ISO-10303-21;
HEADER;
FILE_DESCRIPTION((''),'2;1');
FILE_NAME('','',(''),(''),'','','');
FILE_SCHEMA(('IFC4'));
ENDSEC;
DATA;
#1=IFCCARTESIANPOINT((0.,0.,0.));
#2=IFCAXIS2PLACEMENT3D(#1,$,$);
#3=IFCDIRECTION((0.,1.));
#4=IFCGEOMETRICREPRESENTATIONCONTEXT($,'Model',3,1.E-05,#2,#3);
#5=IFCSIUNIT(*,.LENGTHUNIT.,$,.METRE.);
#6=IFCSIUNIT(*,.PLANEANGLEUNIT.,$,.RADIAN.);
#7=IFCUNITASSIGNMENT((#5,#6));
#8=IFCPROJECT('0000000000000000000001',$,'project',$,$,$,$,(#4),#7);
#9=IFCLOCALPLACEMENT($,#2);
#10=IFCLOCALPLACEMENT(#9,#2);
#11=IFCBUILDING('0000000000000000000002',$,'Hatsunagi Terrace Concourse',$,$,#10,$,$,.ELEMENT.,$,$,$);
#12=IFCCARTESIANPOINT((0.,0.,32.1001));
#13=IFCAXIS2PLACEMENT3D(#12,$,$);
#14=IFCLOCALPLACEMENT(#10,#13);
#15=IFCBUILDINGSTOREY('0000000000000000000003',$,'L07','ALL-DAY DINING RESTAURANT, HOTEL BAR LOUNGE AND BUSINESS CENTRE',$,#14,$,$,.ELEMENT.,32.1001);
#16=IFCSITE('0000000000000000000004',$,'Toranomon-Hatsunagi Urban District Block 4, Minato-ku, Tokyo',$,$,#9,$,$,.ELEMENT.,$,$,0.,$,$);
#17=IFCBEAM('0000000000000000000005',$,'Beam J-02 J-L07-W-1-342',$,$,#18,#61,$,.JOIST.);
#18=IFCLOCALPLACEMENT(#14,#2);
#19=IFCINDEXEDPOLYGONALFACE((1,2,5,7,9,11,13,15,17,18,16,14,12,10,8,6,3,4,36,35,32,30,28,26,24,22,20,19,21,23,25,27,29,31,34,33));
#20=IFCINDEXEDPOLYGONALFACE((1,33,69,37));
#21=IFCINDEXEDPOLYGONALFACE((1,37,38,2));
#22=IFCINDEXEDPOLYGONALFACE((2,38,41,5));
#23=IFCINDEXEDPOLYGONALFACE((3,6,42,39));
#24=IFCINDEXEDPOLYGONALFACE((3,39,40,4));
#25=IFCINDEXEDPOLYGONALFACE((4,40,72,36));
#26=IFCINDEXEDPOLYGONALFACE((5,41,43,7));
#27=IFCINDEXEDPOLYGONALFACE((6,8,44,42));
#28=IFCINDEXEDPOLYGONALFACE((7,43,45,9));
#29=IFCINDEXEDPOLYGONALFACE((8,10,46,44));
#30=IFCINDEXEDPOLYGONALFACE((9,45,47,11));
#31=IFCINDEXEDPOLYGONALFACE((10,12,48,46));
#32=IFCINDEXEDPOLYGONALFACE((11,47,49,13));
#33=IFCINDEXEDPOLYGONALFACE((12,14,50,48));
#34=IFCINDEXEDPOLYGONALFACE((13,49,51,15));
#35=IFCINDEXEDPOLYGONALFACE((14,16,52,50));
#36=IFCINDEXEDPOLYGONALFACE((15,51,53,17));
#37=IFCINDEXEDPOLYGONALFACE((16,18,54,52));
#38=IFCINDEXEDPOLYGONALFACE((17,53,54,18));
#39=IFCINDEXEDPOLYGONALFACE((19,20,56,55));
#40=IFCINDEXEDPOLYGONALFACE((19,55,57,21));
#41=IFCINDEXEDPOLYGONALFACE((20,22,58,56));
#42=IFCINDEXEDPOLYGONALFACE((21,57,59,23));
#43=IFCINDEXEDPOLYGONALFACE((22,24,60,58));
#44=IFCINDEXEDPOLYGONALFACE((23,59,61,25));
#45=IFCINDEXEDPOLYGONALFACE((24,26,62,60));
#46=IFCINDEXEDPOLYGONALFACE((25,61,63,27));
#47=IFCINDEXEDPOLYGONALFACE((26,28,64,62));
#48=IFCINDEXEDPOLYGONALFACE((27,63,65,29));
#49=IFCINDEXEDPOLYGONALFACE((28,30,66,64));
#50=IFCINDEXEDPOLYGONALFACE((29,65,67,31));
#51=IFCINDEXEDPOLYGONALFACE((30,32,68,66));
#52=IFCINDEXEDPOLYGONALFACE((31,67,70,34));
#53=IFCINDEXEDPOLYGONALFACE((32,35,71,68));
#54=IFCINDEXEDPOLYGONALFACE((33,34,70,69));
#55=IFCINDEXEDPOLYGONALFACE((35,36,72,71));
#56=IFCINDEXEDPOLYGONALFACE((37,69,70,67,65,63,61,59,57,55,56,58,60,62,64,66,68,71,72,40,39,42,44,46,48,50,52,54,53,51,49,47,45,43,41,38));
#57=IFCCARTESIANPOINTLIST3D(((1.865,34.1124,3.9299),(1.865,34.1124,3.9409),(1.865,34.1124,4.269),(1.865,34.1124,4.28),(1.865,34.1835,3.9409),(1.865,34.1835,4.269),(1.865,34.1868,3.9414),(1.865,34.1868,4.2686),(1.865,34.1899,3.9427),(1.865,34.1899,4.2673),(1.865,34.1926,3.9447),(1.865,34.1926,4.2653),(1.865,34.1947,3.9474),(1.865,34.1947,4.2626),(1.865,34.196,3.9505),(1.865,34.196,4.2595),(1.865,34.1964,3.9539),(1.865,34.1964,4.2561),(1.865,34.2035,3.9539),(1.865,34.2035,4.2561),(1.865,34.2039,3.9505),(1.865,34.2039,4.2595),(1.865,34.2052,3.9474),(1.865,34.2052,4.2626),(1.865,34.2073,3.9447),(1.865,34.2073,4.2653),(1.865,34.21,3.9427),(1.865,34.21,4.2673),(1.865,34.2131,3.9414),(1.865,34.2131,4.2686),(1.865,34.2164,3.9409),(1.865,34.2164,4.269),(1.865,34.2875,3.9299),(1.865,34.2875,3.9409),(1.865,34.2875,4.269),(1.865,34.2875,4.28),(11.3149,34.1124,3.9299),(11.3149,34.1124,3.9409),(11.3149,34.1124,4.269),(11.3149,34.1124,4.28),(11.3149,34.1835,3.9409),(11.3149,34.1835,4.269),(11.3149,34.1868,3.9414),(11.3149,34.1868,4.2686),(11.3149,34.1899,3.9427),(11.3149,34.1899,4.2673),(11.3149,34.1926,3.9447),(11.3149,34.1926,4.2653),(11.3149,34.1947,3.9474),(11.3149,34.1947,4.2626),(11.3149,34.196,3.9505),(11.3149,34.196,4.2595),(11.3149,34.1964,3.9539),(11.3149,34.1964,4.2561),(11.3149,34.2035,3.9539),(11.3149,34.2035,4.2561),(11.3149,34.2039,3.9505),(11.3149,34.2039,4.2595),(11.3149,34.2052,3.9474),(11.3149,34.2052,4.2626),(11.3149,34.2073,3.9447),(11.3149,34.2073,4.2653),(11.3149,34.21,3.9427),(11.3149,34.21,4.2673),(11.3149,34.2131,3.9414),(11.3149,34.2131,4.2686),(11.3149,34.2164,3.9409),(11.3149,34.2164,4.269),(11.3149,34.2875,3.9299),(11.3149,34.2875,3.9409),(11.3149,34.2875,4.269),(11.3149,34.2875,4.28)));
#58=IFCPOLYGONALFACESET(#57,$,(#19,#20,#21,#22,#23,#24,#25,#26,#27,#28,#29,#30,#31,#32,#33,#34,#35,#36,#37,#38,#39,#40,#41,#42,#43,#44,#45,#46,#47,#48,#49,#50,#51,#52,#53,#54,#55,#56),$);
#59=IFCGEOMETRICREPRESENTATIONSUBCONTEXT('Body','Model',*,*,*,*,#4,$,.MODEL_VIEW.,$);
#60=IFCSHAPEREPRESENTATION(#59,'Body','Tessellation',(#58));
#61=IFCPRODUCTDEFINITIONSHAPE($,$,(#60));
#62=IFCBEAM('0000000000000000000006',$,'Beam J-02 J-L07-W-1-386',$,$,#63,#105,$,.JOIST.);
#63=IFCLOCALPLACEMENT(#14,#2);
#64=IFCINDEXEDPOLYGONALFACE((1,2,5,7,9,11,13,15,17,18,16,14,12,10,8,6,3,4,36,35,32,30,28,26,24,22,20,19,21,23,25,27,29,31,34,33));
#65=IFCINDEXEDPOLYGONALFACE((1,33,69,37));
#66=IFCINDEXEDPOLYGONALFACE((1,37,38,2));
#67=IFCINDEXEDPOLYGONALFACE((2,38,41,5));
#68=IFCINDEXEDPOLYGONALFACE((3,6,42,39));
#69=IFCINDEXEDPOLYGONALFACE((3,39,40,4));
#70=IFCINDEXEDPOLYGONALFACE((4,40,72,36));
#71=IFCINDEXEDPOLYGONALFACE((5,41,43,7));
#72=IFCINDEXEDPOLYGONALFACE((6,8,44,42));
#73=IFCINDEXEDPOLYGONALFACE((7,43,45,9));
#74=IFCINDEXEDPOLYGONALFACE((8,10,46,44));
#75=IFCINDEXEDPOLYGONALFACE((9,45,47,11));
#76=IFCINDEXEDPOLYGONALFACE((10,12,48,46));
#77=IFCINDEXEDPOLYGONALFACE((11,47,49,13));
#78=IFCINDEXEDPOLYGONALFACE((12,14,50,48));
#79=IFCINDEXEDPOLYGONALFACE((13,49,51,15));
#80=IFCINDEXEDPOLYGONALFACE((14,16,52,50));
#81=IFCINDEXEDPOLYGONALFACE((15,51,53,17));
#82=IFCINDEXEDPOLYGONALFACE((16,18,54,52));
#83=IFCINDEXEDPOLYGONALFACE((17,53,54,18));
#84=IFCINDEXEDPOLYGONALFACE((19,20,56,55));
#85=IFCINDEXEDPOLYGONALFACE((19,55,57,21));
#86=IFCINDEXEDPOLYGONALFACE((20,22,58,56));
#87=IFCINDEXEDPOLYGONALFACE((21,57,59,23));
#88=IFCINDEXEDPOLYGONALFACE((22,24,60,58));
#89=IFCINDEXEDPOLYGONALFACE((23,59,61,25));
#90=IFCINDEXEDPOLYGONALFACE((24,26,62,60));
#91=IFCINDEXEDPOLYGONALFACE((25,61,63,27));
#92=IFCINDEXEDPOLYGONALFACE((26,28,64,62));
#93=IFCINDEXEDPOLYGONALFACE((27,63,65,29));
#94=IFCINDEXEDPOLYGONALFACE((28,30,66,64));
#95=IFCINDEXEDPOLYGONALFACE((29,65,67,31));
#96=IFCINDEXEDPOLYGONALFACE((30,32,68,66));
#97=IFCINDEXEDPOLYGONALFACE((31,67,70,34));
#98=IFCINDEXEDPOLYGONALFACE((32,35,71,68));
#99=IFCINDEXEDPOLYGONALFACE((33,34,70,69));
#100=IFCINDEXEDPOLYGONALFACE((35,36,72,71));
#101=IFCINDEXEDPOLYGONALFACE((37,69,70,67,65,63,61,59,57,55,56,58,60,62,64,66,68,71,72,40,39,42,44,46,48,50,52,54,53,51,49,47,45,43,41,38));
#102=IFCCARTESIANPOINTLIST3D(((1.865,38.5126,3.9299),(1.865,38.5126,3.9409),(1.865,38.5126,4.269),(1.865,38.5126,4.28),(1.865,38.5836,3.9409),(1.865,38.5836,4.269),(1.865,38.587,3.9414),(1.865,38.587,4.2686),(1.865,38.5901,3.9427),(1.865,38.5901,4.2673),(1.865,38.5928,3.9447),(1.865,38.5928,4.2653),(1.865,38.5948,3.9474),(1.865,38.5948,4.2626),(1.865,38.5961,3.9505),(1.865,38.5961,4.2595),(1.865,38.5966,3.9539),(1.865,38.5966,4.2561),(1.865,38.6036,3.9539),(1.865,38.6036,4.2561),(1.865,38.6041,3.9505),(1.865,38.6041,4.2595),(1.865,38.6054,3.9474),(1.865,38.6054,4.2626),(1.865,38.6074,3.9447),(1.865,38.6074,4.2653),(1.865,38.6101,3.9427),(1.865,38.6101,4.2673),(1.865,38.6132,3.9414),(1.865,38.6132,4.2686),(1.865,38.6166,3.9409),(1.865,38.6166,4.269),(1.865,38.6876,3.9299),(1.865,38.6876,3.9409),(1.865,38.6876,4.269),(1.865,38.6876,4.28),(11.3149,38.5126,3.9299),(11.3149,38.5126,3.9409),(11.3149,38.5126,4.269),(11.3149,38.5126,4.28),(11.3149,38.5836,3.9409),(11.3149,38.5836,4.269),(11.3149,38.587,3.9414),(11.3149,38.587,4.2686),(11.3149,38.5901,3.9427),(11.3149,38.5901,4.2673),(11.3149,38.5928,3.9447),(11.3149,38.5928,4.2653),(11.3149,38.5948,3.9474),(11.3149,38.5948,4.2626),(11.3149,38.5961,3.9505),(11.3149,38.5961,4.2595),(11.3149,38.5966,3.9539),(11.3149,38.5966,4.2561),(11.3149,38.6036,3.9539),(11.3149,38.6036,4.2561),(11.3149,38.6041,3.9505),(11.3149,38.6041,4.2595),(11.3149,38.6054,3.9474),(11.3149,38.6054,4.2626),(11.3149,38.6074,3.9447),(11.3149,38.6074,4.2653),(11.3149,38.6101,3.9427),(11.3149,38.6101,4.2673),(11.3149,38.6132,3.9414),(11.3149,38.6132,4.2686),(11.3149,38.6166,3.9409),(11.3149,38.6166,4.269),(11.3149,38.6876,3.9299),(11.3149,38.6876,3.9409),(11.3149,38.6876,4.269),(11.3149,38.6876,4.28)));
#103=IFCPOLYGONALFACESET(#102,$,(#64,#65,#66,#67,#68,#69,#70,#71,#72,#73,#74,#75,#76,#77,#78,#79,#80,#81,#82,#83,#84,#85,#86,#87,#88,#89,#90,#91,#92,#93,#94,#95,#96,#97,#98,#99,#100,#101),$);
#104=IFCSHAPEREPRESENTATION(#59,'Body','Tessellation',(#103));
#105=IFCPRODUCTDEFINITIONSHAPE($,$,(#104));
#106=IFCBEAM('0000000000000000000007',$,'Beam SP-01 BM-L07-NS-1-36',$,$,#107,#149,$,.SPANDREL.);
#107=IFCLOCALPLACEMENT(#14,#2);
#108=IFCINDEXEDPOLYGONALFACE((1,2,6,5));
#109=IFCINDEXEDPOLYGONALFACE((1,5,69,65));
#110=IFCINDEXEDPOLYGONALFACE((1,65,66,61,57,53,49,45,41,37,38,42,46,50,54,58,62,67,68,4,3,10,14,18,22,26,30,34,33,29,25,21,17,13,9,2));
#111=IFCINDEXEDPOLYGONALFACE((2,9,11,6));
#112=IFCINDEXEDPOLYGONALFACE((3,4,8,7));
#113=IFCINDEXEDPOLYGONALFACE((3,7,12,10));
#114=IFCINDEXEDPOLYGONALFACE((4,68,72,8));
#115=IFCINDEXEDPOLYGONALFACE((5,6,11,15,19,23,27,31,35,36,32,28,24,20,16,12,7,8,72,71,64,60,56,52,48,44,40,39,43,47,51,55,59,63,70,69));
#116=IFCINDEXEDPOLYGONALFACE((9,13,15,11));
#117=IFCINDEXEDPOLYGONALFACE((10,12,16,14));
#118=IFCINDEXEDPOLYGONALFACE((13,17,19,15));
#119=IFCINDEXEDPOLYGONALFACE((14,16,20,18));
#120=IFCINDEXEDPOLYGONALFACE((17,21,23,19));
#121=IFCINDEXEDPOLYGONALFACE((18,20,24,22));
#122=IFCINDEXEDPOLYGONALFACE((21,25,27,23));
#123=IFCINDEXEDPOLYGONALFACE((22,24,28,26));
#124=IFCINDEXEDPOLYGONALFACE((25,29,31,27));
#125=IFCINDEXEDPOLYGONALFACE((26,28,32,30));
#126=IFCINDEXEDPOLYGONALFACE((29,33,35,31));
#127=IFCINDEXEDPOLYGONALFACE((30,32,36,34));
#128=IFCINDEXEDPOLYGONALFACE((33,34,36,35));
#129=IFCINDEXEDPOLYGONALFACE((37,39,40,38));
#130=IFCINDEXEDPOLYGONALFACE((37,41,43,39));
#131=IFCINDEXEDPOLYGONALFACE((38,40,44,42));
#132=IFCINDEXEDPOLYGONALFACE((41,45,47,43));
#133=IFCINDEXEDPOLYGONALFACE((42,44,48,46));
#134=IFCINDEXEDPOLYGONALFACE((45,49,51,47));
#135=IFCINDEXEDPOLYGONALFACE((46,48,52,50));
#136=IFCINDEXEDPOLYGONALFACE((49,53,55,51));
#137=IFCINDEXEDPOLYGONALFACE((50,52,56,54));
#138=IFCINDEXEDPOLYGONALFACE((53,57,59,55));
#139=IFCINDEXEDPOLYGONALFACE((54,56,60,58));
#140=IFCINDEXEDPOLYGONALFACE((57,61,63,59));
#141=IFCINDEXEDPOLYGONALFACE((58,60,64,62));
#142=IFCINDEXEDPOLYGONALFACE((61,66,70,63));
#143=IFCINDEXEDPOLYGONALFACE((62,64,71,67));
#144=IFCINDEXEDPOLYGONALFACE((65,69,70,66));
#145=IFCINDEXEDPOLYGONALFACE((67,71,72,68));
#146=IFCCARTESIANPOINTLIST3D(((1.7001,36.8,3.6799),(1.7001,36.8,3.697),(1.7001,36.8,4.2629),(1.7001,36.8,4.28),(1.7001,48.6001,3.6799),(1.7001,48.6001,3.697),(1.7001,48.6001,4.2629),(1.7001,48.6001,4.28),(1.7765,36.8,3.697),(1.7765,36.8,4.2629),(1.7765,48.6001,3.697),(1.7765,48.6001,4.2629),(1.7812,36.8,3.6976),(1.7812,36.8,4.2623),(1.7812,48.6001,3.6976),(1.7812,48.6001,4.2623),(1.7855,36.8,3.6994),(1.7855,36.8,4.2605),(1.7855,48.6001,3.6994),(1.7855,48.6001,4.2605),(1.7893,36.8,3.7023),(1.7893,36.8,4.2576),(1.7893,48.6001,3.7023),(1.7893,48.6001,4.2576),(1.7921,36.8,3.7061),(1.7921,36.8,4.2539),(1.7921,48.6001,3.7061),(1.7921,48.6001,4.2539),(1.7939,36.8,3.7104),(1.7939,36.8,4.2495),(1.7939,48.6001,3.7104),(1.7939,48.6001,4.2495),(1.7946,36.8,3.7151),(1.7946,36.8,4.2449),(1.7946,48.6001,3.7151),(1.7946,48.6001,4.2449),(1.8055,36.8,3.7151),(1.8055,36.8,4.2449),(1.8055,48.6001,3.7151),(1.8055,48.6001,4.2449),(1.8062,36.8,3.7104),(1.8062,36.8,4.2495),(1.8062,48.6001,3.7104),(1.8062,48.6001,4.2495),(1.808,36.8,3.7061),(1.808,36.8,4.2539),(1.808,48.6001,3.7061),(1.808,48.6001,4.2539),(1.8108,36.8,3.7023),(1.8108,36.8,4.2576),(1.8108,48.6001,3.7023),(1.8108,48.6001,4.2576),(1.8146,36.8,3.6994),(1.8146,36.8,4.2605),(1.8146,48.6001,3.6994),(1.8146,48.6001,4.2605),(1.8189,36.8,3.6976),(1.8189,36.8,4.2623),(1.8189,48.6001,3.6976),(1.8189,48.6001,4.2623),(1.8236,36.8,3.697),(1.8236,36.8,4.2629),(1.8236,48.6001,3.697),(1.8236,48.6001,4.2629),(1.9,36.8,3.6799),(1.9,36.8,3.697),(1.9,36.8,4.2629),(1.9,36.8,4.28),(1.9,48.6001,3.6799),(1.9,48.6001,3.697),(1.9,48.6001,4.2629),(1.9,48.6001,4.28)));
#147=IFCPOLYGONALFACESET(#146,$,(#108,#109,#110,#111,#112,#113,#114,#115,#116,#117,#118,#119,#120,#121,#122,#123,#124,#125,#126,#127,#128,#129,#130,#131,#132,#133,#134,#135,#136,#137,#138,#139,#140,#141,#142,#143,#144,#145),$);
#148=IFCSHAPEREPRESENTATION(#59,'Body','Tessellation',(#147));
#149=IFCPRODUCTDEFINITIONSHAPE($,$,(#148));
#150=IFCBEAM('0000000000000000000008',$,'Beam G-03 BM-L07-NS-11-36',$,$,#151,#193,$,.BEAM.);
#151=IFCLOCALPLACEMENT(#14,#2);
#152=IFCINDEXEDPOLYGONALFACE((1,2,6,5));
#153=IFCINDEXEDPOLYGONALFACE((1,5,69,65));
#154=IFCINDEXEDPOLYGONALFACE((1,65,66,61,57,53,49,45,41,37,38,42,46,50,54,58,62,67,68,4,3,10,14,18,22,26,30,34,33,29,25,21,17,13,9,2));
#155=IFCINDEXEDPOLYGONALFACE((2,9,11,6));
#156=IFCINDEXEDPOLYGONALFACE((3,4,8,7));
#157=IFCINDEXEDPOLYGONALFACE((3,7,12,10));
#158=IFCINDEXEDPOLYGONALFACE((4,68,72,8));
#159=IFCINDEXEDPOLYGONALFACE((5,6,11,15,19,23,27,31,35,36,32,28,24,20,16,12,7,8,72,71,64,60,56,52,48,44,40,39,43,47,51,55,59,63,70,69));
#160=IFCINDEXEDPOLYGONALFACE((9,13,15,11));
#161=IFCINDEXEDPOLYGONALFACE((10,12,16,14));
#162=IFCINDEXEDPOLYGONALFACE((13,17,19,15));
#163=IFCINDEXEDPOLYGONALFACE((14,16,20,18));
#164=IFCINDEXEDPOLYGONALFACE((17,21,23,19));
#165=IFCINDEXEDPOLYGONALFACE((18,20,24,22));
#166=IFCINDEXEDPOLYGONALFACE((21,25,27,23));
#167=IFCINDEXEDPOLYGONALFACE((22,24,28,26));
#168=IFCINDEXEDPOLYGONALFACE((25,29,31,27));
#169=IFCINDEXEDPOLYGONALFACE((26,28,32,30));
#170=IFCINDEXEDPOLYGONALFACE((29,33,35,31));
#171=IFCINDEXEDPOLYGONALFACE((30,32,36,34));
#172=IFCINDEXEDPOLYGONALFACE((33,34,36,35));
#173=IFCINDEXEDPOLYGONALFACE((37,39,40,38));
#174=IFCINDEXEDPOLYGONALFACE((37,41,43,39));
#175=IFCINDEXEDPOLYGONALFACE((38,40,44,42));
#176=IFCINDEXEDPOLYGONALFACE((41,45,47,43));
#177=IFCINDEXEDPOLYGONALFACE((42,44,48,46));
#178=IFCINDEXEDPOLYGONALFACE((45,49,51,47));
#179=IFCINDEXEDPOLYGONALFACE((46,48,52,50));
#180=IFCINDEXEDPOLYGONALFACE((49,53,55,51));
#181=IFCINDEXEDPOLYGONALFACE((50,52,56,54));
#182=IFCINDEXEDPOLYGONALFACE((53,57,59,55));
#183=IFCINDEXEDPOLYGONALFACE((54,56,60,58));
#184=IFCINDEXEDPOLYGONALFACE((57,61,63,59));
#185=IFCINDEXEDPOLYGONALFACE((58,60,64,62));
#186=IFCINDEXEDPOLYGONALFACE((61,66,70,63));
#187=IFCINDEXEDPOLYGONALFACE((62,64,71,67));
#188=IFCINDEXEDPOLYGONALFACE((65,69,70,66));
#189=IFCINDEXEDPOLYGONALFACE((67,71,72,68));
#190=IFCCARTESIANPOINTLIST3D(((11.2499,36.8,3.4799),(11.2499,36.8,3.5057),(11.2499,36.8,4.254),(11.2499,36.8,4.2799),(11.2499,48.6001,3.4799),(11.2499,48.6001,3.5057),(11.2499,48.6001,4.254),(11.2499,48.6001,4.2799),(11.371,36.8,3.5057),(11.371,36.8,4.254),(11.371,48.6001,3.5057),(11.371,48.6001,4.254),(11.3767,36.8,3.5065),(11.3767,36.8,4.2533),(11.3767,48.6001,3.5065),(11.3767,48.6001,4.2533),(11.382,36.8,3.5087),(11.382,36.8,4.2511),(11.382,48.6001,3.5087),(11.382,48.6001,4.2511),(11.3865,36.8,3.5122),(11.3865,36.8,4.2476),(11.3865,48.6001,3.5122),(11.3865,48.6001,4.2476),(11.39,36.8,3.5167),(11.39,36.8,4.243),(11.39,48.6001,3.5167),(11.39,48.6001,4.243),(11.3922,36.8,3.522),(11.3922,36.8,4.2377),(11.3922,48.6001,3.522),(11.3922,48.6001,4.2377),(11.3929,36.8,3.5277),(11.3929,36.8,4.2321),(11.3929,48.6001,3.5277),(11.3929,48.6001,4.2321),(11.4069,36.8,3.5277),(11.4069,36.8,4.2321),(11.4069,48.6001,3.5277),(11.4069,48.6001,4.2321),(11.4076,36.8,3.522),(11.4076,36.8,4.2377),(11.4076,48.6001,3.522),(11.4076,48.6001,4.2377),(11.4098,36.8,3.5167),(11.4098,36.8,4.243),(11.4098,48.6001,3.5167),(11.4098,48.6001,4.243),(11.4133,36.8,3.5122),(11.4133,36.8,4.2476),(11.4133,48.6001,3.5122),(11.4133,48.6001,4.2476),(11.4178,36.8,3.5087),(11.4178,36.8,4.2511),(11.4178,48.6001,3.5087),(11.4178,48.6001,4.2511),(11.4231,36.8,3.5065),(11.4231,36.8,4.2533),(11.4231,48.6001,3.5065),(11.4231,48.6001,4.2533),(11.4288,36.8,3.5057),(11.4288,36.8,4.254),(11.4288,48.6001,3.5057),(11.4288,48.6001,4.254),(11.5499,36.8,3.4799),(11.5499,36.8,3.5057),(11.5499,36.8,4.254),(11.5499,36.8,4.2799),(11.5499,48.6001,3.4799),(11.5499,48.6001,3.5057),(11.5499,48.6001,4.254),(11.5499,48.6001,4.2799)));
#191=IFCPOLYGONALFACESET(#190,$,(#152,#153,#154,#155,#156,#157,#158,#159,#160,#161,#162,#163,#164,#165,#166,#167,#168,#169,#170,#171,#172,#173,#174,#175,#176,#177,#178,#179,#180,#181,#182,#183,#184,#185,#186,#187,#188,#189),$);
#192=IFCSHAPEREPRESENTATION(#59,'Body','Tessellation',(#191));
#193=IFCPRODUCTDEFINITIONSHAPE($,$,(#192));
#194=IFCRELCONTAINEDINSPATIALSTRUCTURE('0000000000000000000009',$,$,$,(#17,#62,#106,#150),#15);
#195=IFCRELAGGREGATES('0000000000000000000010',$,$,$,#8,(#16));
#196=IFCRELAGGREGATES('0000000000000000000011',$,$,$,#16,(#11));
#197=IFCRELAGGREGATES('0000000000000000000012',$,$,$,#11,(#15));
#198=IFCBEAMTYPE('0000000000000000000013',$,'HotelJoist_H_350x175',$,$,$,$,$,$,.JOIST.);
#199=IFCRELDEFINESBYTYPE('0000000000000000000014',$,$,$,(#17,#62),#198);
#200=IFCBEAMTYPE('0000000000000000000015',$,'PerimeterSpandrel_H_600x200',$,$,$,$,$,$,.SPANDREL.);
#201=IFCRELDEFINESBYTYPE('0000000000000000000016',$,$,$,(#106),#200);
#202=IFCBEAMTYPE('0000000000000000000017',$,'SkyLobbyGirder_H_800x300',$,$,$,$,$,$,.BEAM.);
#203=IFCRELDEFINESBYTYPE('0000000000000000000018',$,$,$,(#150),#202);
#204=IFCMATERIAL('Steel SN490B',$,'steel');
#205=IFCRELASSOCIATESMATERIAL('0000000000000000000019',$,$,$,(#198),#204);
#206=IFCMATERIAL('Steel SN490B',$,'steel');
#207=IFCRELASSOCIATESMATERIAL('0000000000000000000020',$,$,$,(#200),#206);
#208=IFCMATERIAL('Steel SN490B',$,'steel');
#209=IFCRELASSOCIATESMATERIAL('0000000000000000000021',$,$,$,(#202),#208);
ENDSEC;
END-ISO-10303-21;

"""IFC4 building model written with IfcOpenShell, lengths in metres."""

from ifc_helpers import new_model, si_unit, direction, frame, origin, origin_2d, place, context, subcontext, project, spatial, i_section, extrude, material, material_profile, profile_set, type_object, element, save


model = new_model("IFC4")

# Units and contexts
model_context = context("Model", 3, precision=1e-05, world=origin(), true_north=direction((0.0, 1.0)))
body_context = subcontext(model_context, "Body", "Model", "MODEL_VIEW")
ifc_project = project(units=[si_unit("LENGTHUNIT", "METRE"), si_unit("PLANEANGLEUNIT", "RADIAN")], contexts=[model_context])

# Site, building, storey
site_placement = place(None, origin())
site = spatial("IfcSite", under=ifc_project, at=site_placement, Name="Toranomon-Hatsunagi Urban District Block 4, Minato-ku, Tokyo", CompositionType="ELEMENT", RefElevation=0.0)
building_placement = place(site_placement, origin())
building = spatial("IfcBuilding", under=site, at=building_placement, Name="Hatsunagi Terrace Concourse", CompositionType="ELEMENT")
storey_placement = place(building_placement, frame((0.0, 0.0, 32.1001)))
storey = spatial("IfcBuildingStorey", under=building, at=storey_placement, Name="L07", Description="ALL-DAY DINING RESTAURANT, HOTEL BAR LOUNGE AND BUSINESS CENTRE", CompositionType="ELEMENT", Elevation=32.1001)

# Beams
ifc_material_1 = material(Name="Steel SN490B", Category="steel")
ifc_material_profile_1 = material_profile(ifc_material_1, i_section(OverallWidth=0.175, OverallDepth=0.3501, WebThickness=0.0071, FlangeThickness=0.011, FilletRadius=0.0129, at=origin_2d()), Name="H-350x175x7x11")
ifc_profile_set_1 = profile_set([ifc_material_profile_1], Name="Steel SN490B")
beam_type_1 = type_object("IfcBeamType", Name="HotelJoist_H_350x175", PredefinedType="JOIST", material=ifc_profile_set_1)
for number, where, z_axis, x_axis, name in (
    (1, (1.865, 34.2, 4.105), (1.0, 0.0, 0.0), (0.0, 1.0, 0.0), "Beam J-02 J-L07-W-1-342"),
    (2, (1.865, 38.6001, 4.105), (1.0, 0.0, 0.0), (0.0, 1.0, 0.0), "Beam J-02 J-L07-W-1-386"),
):
    element("IfcBeam", number, at=place(storey_placement, frame(where, z_axis=z_axis, x_axis=x_axis)), inside=storey, type_object=beam_type_1, Name=name, PredefinedType="JOIST", context=body_context, shape_type="SweptSolid", body=[
        extrude(i_section(OverallWidth=0.175, OverallDepth=0.3501, WebThickness=0.0071, FlangeThickness=0.011, FilletRadius=0.0129, at=origin_2d()), origin(), (0.0, 0.0, 1.0), 9.45),
    ])
ifc_material_2 = material(Name="Steel SN490B", Category="steel")
ifc_material_profile_2 = material_profile(ifc_material_2, i_section(OverallWidth=0.2, OverallDepth=0.6001, WebThickness=0.011, FlangeThickness=0.0171, FilletRadius=0.0181, at=origin_2d()), Name="H-600x200x11x17")
ifc_profile_set_2 = profile_set([ifc_material_profile_2], Name="Steel SN490B")
beam_type_2 = type_object("IfcBeamType", Name="PerimeterSpandrel_H_600x200", PredefinedType="SPANDREL", material=ifc_profile_set_2)
beam_1_placement = place(storey_placement, frame((1.8, 36.8, 3.98), z_axis=(0.0, 1.0, 0.0), x_axis=(-1.0, 0.0, 0.0)))
element("IfcBeam", 3, at=beam_1_placement, inside=storey, type_object=beam_type_2, Name="Beam SP-01 BM-L07-NS-1-36", PredefinedType="SPANDREL", context=body_context, shape_type="SweptSolid", body=[
    extrude(i_section(OverallWidth=0.2, OverallDepth=0.6001, WebThickness=0.011, FlangeThickness=0.0171, FilletRadius=0.0181, at=origin_2d()), origin(), (0.0, 0.0, 1.0), 11.8),
])
ifc_material_3 = material(Name="Steel SN490B", Category="steel")
ifc_material_profile_3 = material_profile(ifc_material_3, i_section(OverallWidth=0.3, OverallDepth=0.8, WebThickness=0.0139, FlangeThickness=0.0259, FilletRadius=0.022, at=origin_2d()), Name="H-800x300x14x26")
ifc_profile_set_3 = profile_set([ifc_material_profile_3], Name="Steel SN490B")
beam_type_3 = type_object("IfcBeamType", Name="SkyLobbyGirder_H_800x300", PredefinedType="BEAM", material=ifc_profile_set_3)
beam_2_placement = place(storey_placement, frame((11.3999, 36.8, 3.8799), z_axis=(0.0, 1.0, 0.0), x_axis=(-1.0, 0.0, 0.0)))
element("IfcBeam", 4, at=beam_2_placement, inside=storey, type_object=beam_type_3, Name="Beam G-03 BM-L07-NS-11-36", PredefinedType="BEAM", context=body_context, shape_type="SweptSolid", body=[
    extrude(i_section(OverallWidth=0.3, OverallDepth=0.8, WebThickness=0.0139, FlangeThickness=0.0259, FilletRadius=0.022, at=origin_2d()), origin(), (0.0, 0.0, 1.0), 11.8),
])

save(model, "model.ifc")
